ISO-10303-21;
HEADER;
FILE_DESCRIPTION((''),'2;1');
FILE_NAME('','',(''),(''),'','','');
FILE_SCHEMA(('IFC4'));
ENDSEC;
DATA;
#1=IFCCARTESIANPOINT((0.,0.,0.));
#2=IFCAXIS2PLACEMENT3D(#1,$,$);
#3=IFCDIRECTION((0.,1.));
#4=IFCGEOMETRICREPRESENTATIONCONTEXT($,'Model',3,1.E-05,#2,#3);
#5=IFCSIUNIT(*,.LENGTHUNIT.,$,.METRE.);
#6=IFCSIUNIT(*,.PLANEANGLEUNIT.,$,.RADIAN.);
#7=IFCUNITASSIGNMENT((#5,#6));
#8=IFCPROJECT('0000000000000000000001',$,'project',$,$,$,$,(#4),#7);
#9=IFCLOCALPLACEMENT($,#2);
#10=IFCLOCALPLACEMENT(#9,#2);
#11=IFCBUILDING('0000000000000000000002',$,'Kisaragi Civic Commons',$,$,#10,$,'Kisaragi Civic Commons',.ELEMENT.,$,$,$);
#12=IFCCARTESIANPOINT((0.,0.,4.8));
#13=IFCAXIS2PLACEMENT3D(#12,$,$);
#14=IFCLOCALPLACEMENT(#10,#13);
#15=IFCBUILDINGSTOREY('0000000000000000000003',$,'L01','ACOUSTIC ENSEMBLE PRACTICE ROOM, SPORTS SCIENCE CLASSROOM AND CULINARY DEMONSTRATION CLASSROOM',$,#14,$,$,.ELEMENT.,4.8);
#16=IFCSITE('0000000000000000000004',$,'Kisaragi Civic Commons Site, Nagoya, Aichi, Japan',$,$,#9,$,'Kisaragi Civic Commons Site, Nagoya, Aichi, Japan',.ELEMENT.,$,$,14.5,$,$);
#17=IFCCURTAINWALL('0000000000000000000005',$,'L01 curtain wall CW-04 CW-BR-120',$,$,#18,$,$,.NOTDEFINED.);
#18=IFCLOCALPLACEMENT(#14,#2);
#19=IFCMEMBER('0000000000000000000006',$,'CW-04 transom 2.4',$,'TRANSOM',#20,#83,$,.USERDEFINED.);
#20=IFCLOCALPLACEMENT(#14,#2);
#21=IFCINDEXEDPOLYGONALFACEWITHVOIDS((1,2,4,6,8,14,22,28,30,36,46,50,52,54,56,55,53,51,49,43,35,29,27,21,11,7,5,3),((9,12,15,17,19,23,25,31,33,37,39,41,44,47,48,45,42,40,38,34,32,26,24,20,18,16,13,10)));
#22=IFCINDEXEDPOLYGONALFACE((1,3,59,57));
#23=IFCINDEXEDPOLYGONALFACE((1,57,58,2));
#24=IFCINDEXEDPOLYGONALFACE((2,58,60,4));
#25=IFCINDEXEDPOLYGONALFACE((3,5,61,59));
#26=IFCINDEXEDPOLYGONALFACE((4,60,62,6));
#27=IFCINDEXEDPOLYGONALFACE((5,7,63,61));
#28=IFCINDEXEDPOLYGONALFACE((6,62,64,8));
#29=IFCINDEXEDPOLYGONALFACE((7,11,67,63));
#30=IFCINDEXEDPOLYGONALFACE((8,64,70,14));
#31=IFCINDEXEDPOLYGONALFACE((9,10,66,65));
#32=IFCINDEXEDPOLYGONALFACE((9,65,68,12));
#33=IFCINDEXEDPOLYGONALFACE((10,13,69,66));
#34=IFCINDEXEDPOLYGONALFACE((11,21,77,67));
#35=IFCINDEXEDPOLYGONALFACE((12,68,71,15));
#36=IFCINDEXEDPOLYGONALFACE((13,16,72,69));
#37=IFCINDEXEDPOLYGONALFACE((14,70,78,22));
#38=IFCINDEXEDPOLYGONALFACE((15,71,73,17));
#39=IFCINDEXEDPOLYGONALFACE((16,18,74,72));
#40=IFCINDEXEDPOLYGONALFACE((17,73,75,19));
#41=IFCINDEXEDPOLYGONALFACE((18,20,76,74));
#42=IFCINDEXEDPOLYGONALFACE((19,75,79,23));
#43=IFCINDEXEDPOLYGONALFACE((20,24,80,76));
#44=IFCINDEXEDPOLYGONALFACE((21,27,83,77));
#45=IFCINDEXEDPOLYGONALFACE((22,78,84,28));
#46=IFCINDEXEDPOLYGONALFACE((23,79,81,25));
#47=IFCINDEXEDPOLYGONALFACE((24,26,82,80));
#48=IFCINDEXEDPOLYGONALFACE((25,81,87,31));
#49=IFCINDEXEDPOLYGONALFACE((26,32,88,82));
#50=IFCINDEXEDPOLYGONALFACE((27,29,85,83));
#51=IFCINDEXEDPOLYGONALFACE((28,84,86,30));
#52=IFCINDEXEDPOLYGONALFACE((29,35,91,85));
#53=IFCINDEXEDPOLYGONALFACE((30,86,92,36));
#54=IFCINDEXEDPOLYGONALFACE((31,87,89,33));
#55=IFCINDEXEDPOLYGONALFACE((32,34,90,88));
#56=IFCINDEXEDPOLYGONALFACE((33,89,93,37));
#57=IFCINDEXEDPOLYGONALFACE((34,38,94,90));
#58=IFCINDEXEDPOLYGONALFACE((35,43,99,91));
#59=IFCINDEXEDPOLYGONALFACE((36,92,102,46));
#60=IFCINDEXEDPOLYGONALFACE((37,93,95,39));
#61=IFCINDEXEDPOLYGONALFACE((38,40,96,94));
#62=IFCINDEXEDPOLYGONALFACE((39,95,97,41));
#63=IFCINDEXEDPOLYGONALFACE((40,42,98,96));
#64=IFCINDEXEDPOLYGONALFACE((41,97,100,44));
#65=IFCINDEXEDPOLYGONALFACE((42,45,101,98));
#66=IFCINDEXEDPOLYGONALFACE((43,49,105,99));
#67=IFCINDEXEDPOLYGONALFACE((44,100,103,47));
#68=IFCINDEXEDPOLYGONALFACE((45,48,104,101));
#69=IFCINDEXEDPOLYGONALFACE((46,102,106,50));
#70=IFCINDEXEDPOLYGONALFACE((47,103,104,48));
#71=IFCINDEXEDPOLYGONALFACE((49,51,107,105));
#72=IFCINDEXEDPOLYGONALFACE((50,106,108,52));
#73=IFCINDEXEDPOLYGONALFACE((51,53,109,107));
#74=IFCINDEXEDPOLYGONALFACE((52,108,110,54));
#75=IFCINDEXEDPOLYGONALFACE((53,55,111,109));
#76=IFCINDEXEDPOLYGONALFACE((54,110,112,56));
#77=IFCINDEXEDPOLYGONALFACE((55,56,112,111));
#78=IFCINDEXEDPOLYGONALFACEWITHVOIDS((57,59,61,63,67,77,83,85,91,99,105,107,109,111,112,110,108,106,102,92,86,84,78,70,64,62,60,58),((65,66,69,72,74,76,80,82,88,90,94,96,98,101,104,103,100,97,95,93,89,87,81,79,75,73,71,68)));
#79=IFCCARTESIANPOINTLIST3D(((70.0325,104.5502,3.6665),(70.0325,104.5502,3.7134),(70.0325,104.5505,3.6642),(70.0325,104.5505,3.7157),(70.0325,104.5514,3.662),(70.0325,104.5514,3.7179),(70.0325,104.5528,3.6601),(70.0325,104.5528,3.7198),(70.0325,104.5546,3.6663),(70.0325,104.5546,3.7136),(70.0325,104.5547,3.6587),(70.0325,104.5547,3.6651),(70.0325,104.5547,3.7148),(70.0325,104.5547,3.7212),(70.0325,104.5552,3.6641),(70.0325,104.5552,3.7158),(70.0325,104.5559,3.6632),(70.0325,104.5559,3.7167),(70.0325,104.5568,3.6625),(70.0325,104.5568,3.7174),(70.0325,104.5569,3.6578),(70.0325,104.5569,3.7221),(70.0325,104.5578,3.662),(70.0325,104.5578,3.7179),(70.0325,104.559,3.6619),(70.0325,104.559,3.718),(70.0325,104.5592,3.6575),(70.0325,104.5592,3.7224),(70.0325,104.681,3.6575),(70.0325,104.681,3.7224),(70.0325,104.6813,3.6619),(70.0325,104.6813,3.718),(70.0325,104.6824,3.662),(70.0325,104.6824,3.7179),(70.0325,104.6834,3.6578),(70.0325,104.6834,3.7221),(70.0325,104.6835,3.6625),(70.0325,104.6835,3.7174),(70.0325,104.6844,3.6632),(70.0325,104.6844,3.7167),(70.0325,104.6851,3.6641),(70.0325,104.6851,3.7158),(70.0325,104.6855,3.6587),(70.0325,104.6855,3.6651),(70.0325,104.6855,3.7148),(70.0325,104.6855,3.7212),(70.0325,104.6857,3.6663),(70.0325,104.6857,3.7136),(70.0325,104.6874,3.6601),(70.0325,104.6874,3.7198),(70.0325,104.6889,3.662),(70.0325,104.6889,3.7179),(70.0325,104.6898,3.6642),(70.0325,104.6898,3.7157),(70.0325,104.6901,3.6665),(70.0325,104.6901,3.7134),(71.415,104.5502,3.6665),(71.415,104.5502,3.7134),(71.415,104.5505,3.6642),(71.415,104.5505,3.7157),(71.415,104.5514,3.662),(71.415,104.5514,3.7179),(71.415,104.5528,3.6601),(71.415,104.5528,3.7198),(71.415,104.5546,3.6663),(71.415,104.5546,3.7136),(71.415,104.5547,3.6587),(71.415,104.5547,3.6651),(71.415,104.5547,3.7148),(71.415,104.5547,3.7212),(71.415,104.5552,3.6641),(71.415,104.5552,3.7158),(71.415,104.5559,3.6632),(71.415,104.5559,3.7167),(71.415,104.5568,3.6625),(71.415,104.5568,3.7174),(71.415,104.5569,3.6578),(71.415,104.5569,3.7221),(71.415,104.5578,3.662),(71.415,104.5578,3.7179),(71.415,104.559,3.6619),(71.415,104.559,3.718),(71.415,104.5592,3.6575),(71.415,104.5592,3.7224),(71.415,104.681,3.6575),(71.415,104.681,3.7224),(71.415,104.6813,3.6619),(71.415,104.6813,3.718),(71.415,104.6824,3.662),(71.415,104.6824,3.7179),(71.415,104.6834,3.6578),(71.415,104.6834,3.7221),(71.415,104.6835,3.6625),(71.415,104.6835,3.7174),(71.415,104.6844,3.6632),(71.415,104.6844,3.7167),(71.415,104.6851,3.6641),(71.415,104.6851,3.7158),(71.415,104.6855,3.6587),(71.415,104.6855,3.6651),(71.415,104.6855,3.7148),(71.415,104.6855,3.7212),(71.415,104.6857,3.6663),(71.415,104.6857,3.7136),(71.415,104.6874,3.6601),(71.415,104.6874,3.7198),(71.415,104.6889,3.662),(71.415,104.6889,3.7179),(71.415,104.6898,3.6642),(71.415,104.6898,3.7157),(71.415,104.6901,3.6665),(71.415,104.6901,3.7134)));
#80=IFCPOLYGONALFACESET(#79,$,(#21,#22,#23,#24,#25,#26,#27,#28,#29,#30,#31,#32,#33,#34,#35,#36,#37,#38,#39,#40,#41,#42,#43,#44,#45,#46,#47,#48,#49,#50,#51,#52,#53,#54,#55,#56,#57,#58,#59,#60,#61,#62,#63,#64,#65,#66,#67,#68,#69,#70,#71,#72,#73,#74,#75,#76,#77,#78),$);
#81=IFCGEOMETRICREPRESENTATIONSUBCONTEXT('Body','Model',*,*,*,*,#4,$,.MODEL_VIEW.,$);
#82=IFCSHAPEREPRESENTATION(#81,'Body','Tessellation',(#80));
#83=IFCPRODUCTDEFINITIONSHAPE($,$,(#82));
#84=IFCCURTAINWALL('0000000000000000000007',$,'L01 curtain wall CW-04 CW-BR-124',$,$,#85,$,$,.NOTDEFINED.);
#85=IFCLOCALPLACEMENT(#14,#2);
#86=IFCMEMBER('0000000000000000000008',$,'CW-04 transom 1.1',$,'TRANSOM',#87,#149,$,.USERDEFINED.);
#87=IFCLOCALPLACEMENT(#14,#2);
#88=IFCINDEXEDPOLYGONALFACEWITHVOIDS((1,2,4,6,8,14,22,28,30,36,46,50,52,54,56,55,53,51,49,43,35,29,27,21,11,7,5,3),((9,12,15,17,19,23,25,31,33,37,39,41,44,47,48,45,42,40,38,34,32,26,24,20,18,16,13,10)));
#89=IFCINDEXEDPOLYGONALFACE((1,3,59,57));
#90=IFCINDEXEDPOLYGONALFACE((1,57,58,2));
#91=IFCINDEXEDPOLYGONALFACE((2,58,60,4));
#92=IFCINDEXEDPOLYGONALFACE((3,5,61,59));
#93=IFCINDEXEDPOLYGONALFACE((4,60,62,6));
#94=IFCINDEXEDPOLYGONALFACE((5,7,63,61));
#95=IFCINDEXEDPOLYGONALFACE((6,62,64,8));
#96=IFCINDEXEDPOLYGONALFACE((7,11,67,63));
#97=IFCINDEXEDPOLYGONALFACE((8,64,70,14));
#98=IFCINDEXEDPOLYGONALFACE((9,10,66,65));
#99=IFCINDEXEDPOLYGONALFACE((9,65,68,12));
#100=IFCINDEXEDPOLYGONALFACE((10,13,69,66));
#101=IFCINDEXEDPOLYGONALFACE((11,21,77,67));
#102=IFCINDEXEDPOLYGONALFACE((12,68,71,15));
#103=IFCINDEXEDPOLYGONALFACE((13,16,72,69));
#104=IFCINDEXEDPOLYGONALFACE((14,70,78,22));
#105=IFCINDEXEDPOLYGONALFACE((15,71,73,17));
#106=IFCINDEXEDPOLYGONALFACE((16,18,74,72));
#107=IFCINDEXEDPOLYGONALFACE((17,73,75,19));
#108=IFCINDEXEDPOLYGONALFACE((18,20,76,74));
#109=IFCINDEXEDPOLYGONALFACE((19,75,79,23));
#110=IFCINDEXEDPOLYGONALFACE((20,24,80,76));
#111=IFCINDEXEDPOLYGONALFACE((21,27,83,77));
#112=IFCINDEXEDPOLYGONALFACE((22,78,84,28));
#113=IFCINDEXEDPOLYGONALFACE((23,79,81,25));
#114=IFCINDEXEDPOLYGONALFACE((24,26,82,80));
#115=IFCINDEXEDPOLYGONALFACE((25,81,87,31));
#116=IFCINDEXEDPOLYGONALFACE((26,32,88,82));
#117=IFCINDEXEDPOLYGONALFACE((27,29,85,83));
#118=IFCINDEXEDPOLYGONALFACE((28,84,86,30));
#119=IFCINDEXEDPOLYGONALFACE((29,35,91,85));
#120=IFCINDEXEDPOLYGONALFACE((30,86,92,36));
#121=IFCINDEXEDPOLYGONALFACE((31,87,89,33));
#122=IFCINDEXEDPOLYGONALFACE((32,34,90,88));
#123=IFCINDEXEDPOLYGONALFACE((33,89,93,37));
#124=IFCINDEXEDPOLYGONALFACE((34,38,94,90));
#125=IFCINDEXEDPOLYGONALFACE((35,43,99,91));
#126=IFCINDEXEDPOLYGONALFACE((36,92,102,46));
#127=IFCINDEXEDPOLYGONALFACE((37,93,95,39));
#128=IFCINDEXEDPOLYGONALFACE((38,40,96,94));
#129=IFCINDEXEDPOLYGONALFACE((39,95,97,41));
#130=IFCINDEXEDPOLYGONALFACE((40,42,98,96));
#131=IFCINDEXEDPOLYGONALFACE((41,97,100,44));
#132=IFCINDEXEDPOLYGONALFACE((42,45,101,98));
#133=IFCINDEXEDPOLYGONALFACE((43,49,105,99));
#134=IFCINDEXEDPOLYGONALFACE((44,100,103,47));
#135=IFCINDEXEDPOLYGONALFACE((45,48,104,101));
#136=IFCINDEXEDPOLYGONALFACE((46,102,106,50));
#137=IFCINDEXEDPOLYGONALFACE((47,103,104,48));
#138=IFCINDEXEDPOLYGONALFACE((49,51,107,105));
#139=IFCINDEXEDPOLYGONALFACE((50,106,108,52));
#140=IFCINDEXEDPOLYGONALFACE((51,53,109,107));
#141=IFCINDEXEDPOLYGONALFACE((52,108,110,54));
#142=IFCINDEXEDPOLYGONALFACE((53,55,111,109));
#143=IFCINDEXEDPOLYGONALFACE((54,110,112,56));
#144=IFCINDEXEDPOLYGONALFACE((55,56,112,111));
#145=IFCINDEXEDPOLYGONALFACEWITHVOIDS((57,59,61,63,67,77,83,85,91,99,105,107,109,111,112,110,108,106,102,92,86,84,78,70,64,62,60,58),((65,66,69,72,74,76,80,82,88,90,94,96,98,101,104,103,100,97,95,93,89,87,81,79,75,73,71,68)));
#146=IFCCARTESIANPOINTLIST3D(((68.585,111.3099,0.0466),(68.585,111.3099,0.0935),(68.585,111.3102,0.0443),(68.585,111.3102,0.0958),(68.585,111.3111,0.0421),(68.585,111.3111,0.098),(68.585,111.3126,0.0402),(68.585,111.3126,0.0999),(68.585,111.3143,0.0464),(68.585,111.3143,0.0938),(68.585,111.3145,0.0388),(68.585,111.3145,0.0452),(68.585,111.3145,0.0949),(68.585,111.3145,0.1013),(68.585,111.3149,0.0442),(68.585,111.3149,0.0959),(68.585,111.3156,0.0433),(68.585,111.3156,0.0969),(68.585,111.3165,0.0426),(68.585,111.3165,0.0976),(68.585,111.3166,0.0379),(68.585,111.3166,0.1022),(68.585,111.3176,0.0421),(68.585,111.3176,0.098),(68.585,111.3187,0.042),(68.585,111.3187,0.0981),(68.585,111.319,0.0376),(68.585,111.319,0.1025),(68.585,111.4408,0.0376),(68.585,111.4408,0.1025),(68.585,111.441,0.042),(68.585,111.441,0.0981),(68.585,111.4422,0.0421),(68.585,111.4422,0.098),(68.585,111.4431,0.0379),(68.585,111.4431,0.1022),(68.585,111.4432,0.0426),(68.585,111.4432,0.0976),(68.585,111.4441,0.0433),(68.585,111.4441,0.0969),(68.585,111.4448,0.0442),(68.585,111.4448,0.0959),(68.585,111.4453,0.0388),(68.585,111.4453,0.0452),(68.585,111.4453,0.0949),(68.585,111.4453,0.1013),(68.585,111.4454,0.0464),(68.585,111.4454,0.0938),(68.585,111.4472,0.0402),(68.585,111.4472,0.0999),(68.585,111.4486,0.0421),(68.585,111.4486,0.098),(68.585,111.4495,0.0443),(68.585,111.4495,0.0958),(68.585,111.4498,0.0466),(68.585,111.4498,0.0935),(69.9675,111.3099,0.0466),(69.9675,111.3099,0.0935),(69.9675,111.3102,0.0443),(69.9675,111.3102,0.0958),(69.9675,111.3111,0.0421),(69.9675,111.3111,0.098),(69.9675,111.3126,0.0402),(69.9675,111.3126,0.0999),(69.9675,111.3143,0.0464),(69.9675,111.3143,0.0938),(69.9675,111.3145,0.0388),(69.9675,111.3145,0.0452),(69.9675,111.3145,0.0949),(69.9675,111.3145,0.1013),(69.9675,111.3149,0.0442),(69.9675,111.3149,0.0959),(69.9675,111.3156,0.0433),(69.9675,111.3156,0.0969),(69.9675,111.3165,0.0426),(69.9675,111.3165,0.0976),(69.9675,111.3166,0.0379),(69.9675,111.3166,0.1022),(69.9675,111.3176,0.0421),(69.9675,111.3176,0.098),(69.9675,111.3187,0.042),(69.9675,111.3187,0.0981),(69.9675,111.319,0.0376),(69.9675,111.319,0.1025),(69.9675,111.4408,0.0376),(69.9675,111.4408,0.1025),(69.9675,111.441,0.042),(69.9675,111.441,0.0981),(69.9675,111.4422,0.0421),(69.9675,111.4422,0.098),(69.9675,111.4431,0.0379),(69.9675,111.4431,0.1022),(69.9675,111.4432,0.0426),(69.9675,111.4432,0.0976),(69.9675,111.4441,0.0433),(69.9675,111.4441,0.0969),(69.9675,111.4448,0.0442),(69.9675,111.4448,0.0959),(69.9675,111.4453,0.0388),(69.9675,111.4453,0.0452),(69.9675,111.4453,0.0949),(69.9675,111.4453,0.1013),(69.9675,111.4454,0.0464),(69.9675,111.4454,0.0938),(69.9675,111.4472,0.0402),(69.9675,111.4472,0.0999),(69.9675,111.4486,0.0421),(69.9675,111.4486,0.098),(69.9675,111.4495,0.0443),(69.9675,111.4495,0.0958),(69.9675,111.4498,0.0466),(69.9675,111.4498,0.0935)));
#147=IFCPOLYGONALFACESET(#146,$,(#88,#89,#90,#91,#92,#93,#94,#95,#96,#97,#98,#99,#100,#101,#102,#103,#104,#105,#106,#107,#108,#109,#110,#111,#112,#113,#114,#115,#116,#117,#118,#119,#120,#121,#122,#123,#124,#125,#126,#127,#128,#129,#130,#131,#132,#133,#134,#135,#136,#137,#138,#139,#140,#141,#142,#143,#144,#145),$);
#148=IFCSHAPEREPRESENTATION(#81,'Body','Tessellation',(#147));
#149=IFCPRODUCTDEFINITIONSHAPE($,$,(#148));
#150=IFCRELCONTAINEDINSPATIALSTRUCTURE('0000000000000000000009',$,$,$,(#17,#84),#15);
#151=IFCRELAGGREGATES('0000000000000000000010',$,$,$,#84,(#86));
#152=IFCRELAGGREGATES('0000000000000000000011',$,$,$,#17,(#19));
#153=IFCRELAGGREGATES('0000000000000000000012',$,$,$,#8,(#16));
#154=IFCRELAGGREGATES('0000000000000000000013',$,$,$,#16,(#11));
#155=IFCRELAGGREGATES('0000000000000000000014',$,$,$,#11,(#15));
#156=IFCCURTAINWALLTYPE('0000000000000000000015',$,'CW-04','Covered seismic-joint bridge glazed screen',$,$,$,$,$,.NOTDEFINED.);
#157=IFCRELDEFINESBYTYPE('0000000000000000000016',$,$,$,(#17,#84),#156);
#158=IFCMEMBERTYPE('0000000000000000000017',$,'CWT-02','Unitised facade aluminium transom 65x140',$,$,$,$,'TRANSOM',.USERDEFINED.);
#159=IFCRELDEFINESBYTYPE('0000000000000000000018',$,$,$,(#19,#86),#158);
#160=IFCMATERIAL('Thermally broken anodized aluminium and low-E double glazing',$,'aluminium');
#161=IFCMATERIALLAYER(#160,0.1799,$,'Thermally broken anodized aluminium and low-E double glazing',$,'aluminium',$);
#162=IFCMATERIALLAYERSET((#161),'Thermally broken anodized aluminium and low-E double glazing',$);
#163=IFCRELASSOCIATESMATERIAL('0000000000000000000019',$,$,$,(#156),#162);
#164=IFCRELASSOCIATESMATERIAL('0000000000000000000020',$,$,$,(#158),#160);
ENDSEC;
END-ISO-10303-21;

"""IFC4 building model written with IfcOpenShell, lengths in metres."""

from ifc_helpers import new_model, si_unit, direction, frame, origin, origin_2d, place, context, subcontext, project, spatial, hollow_rectangle, extrude, material, layer, layer_set, material_profile, profile_set, type_object, element, aggregate, save


model = new_model("IFC4")

# Units and contexts
model_context = context("Model", 3, precision=1e-05, world=origin(), true_north=direction((0.0, 1.0)))
body_context = subcontext(model_context, "Body", "Model", "MODEL_VIEW")
ifc_project = project(units=[si_unit("LENGTHUNIT", "METRE"), si_unit("PLANEANGLEUNIT", "RADIAN")], contexts=[model_context])

# Site, building, storey
site_placement = place(None, origin())
site = spatial("IfcSite", under=ifc_project, at=site_placement, Name="Kisaragi Civic Commons Site, Nagoya, Aichi, Japan", LongName="Kisaragi Civic Commons Site, Nagoya, Aichi, Japan", CompositionType="ELEMENT", RefElevation=14.5)
building_placement = place(site_placement, origin())
building = spatial("IfcBuilding", under=site, at=building_placement, Name="Kisaragi Civic Commons", LongName="Kisaragi Civic Commons", CompositionType="ELEMENT")
storey_placement = place(building_placement, frame((0.0, 0.0, 4.8)))
storey = spatial("IfcBuildingStorey", under=building, at=storey_placement, Name="L01", Description="ACOUSTIC ENSEMBLE PRACTICE ROOM, SPORTS SCIENCE CLASSROOM AND CULINARY DEMONSTRATION CLASSROOM", CompositionType="ELEMENT", Elevation=4.8)

# Shared definitions
ifc_material = material(Name="Thermally broken anodized aluminium and low-E double glazing", Category="aluminium")

# Curtain walls, members
ifc_layer_1 = layer(ifc_material, 0.1799, Name="Thermally broken anodized aluminium and low-E double glazing", Category="aluminium")
ifc_layer_set_1 = layer_set([ifc_layer_1], Name="Thermally broken anodized aluminium and low-E double glazing")
curtain_wall_type_1 = type_object("IfcCurtainWallType", Name="CW-04", Description="Covered seismic-joint bridge glazed screen", PredefinedType="NOTDEFINED", material=ifc_layer_set_1)
curtain_wall_1_placement = place(storey_placement, origin())
curtain_wall_1 = element("IfcCurtainWall", 1, at=curtain_wall_1_placement, inside=storey, type_object=curtain_wall_type_1, Name="L01 curtain wall CW-04 CW-BR-120", PredefinedType="NOTDEFINED")
ifc_material_profile_1 = material_profile(ifc_material, hollow_rectangle(XDim=0.1399, YDim=0.0649, WallThickness=0.0044, InnerFilletRadius=0.0044, OuterFilletRadius=0.009, at=origin_2d()), Name="CWT-65x140x4.5", Category="aluminium")
ifc_profile_set_1 = profile_set([ifc_material_profile_1], Name="Thermally broken anodized aluminium and low-E double glazing")
member_type_1 = type_object("IfcMemberType", Name="CWT-02", Description="Unitised facade aluminium transom 65x140", ElementType="TRANSOM", PredefinedType="USERDEFINED", material=ifc_profile_set_1)
member_1_placement = place(storey_placement, frame((70.0325, 104.6201, 3.6899), z_axis=(1.0, 0.0, 0.0), x_axis=(0.0, 1.0, 0.0)))
member_1 = element("IfcMember", 2, at=member_1_placement, type_object=member_type_1, Name="CW-04 transom 2.4", ObjectType="TRANSOM", PredefinedType="USERDEFINED", context=body_context, shape_type="SweptSolid", body=[
    extrude(hollow_rectangle(XDim=0.1399, YDim=0.0649, WallThickness=0.0044, InnerFilletRadius=0.0044, OuterFilletRadius=0.009, at=origin_2d()), origin(), (0.0, 0.0, 1.0), 1.3826),
])
curtain_wall_2_placement = place(storey_placement, origin())
curtain_wall_2 = element("IfcCurtainWall", 3, at=curtain_wall_2_placement, inside=storey, type_object=curtain_wall_type_1, Name="L01 curtain wall CW-04 CW-BR-124", PredefinedType="NOTDEFINED")
member_2_placement = place(storey_placement, frame((68.585, 111.3799, 0.0701), z_axis=(1.0, 0.0, 0.0), x_axis=(0.0, 1.0, 0.0)))
member_2 = element("IfcMember", 4, at=member_2_placement, type_object=member_type_1, Name="CW-04 transom 1.1", ObjectType="TRANSOM", PredefinedType="USERDEFINED", context=body_context, shape_type="SweptSolid", body=[
    extrude(hollow_rectangle(XDim=0.1399, YDim=0.0649, WallThickness=0.0044, InnerFilletRadius=0.0044, OuterFilletRadius=0.009, at=origin_2d()), origin(), (0.0, 0.0, 1.0), 1.3826),
])
aggregate(curtain_wall_2, [member_2])

aggregate(curtain_wall_1, [member_1])

save(model, "model.ifc")
